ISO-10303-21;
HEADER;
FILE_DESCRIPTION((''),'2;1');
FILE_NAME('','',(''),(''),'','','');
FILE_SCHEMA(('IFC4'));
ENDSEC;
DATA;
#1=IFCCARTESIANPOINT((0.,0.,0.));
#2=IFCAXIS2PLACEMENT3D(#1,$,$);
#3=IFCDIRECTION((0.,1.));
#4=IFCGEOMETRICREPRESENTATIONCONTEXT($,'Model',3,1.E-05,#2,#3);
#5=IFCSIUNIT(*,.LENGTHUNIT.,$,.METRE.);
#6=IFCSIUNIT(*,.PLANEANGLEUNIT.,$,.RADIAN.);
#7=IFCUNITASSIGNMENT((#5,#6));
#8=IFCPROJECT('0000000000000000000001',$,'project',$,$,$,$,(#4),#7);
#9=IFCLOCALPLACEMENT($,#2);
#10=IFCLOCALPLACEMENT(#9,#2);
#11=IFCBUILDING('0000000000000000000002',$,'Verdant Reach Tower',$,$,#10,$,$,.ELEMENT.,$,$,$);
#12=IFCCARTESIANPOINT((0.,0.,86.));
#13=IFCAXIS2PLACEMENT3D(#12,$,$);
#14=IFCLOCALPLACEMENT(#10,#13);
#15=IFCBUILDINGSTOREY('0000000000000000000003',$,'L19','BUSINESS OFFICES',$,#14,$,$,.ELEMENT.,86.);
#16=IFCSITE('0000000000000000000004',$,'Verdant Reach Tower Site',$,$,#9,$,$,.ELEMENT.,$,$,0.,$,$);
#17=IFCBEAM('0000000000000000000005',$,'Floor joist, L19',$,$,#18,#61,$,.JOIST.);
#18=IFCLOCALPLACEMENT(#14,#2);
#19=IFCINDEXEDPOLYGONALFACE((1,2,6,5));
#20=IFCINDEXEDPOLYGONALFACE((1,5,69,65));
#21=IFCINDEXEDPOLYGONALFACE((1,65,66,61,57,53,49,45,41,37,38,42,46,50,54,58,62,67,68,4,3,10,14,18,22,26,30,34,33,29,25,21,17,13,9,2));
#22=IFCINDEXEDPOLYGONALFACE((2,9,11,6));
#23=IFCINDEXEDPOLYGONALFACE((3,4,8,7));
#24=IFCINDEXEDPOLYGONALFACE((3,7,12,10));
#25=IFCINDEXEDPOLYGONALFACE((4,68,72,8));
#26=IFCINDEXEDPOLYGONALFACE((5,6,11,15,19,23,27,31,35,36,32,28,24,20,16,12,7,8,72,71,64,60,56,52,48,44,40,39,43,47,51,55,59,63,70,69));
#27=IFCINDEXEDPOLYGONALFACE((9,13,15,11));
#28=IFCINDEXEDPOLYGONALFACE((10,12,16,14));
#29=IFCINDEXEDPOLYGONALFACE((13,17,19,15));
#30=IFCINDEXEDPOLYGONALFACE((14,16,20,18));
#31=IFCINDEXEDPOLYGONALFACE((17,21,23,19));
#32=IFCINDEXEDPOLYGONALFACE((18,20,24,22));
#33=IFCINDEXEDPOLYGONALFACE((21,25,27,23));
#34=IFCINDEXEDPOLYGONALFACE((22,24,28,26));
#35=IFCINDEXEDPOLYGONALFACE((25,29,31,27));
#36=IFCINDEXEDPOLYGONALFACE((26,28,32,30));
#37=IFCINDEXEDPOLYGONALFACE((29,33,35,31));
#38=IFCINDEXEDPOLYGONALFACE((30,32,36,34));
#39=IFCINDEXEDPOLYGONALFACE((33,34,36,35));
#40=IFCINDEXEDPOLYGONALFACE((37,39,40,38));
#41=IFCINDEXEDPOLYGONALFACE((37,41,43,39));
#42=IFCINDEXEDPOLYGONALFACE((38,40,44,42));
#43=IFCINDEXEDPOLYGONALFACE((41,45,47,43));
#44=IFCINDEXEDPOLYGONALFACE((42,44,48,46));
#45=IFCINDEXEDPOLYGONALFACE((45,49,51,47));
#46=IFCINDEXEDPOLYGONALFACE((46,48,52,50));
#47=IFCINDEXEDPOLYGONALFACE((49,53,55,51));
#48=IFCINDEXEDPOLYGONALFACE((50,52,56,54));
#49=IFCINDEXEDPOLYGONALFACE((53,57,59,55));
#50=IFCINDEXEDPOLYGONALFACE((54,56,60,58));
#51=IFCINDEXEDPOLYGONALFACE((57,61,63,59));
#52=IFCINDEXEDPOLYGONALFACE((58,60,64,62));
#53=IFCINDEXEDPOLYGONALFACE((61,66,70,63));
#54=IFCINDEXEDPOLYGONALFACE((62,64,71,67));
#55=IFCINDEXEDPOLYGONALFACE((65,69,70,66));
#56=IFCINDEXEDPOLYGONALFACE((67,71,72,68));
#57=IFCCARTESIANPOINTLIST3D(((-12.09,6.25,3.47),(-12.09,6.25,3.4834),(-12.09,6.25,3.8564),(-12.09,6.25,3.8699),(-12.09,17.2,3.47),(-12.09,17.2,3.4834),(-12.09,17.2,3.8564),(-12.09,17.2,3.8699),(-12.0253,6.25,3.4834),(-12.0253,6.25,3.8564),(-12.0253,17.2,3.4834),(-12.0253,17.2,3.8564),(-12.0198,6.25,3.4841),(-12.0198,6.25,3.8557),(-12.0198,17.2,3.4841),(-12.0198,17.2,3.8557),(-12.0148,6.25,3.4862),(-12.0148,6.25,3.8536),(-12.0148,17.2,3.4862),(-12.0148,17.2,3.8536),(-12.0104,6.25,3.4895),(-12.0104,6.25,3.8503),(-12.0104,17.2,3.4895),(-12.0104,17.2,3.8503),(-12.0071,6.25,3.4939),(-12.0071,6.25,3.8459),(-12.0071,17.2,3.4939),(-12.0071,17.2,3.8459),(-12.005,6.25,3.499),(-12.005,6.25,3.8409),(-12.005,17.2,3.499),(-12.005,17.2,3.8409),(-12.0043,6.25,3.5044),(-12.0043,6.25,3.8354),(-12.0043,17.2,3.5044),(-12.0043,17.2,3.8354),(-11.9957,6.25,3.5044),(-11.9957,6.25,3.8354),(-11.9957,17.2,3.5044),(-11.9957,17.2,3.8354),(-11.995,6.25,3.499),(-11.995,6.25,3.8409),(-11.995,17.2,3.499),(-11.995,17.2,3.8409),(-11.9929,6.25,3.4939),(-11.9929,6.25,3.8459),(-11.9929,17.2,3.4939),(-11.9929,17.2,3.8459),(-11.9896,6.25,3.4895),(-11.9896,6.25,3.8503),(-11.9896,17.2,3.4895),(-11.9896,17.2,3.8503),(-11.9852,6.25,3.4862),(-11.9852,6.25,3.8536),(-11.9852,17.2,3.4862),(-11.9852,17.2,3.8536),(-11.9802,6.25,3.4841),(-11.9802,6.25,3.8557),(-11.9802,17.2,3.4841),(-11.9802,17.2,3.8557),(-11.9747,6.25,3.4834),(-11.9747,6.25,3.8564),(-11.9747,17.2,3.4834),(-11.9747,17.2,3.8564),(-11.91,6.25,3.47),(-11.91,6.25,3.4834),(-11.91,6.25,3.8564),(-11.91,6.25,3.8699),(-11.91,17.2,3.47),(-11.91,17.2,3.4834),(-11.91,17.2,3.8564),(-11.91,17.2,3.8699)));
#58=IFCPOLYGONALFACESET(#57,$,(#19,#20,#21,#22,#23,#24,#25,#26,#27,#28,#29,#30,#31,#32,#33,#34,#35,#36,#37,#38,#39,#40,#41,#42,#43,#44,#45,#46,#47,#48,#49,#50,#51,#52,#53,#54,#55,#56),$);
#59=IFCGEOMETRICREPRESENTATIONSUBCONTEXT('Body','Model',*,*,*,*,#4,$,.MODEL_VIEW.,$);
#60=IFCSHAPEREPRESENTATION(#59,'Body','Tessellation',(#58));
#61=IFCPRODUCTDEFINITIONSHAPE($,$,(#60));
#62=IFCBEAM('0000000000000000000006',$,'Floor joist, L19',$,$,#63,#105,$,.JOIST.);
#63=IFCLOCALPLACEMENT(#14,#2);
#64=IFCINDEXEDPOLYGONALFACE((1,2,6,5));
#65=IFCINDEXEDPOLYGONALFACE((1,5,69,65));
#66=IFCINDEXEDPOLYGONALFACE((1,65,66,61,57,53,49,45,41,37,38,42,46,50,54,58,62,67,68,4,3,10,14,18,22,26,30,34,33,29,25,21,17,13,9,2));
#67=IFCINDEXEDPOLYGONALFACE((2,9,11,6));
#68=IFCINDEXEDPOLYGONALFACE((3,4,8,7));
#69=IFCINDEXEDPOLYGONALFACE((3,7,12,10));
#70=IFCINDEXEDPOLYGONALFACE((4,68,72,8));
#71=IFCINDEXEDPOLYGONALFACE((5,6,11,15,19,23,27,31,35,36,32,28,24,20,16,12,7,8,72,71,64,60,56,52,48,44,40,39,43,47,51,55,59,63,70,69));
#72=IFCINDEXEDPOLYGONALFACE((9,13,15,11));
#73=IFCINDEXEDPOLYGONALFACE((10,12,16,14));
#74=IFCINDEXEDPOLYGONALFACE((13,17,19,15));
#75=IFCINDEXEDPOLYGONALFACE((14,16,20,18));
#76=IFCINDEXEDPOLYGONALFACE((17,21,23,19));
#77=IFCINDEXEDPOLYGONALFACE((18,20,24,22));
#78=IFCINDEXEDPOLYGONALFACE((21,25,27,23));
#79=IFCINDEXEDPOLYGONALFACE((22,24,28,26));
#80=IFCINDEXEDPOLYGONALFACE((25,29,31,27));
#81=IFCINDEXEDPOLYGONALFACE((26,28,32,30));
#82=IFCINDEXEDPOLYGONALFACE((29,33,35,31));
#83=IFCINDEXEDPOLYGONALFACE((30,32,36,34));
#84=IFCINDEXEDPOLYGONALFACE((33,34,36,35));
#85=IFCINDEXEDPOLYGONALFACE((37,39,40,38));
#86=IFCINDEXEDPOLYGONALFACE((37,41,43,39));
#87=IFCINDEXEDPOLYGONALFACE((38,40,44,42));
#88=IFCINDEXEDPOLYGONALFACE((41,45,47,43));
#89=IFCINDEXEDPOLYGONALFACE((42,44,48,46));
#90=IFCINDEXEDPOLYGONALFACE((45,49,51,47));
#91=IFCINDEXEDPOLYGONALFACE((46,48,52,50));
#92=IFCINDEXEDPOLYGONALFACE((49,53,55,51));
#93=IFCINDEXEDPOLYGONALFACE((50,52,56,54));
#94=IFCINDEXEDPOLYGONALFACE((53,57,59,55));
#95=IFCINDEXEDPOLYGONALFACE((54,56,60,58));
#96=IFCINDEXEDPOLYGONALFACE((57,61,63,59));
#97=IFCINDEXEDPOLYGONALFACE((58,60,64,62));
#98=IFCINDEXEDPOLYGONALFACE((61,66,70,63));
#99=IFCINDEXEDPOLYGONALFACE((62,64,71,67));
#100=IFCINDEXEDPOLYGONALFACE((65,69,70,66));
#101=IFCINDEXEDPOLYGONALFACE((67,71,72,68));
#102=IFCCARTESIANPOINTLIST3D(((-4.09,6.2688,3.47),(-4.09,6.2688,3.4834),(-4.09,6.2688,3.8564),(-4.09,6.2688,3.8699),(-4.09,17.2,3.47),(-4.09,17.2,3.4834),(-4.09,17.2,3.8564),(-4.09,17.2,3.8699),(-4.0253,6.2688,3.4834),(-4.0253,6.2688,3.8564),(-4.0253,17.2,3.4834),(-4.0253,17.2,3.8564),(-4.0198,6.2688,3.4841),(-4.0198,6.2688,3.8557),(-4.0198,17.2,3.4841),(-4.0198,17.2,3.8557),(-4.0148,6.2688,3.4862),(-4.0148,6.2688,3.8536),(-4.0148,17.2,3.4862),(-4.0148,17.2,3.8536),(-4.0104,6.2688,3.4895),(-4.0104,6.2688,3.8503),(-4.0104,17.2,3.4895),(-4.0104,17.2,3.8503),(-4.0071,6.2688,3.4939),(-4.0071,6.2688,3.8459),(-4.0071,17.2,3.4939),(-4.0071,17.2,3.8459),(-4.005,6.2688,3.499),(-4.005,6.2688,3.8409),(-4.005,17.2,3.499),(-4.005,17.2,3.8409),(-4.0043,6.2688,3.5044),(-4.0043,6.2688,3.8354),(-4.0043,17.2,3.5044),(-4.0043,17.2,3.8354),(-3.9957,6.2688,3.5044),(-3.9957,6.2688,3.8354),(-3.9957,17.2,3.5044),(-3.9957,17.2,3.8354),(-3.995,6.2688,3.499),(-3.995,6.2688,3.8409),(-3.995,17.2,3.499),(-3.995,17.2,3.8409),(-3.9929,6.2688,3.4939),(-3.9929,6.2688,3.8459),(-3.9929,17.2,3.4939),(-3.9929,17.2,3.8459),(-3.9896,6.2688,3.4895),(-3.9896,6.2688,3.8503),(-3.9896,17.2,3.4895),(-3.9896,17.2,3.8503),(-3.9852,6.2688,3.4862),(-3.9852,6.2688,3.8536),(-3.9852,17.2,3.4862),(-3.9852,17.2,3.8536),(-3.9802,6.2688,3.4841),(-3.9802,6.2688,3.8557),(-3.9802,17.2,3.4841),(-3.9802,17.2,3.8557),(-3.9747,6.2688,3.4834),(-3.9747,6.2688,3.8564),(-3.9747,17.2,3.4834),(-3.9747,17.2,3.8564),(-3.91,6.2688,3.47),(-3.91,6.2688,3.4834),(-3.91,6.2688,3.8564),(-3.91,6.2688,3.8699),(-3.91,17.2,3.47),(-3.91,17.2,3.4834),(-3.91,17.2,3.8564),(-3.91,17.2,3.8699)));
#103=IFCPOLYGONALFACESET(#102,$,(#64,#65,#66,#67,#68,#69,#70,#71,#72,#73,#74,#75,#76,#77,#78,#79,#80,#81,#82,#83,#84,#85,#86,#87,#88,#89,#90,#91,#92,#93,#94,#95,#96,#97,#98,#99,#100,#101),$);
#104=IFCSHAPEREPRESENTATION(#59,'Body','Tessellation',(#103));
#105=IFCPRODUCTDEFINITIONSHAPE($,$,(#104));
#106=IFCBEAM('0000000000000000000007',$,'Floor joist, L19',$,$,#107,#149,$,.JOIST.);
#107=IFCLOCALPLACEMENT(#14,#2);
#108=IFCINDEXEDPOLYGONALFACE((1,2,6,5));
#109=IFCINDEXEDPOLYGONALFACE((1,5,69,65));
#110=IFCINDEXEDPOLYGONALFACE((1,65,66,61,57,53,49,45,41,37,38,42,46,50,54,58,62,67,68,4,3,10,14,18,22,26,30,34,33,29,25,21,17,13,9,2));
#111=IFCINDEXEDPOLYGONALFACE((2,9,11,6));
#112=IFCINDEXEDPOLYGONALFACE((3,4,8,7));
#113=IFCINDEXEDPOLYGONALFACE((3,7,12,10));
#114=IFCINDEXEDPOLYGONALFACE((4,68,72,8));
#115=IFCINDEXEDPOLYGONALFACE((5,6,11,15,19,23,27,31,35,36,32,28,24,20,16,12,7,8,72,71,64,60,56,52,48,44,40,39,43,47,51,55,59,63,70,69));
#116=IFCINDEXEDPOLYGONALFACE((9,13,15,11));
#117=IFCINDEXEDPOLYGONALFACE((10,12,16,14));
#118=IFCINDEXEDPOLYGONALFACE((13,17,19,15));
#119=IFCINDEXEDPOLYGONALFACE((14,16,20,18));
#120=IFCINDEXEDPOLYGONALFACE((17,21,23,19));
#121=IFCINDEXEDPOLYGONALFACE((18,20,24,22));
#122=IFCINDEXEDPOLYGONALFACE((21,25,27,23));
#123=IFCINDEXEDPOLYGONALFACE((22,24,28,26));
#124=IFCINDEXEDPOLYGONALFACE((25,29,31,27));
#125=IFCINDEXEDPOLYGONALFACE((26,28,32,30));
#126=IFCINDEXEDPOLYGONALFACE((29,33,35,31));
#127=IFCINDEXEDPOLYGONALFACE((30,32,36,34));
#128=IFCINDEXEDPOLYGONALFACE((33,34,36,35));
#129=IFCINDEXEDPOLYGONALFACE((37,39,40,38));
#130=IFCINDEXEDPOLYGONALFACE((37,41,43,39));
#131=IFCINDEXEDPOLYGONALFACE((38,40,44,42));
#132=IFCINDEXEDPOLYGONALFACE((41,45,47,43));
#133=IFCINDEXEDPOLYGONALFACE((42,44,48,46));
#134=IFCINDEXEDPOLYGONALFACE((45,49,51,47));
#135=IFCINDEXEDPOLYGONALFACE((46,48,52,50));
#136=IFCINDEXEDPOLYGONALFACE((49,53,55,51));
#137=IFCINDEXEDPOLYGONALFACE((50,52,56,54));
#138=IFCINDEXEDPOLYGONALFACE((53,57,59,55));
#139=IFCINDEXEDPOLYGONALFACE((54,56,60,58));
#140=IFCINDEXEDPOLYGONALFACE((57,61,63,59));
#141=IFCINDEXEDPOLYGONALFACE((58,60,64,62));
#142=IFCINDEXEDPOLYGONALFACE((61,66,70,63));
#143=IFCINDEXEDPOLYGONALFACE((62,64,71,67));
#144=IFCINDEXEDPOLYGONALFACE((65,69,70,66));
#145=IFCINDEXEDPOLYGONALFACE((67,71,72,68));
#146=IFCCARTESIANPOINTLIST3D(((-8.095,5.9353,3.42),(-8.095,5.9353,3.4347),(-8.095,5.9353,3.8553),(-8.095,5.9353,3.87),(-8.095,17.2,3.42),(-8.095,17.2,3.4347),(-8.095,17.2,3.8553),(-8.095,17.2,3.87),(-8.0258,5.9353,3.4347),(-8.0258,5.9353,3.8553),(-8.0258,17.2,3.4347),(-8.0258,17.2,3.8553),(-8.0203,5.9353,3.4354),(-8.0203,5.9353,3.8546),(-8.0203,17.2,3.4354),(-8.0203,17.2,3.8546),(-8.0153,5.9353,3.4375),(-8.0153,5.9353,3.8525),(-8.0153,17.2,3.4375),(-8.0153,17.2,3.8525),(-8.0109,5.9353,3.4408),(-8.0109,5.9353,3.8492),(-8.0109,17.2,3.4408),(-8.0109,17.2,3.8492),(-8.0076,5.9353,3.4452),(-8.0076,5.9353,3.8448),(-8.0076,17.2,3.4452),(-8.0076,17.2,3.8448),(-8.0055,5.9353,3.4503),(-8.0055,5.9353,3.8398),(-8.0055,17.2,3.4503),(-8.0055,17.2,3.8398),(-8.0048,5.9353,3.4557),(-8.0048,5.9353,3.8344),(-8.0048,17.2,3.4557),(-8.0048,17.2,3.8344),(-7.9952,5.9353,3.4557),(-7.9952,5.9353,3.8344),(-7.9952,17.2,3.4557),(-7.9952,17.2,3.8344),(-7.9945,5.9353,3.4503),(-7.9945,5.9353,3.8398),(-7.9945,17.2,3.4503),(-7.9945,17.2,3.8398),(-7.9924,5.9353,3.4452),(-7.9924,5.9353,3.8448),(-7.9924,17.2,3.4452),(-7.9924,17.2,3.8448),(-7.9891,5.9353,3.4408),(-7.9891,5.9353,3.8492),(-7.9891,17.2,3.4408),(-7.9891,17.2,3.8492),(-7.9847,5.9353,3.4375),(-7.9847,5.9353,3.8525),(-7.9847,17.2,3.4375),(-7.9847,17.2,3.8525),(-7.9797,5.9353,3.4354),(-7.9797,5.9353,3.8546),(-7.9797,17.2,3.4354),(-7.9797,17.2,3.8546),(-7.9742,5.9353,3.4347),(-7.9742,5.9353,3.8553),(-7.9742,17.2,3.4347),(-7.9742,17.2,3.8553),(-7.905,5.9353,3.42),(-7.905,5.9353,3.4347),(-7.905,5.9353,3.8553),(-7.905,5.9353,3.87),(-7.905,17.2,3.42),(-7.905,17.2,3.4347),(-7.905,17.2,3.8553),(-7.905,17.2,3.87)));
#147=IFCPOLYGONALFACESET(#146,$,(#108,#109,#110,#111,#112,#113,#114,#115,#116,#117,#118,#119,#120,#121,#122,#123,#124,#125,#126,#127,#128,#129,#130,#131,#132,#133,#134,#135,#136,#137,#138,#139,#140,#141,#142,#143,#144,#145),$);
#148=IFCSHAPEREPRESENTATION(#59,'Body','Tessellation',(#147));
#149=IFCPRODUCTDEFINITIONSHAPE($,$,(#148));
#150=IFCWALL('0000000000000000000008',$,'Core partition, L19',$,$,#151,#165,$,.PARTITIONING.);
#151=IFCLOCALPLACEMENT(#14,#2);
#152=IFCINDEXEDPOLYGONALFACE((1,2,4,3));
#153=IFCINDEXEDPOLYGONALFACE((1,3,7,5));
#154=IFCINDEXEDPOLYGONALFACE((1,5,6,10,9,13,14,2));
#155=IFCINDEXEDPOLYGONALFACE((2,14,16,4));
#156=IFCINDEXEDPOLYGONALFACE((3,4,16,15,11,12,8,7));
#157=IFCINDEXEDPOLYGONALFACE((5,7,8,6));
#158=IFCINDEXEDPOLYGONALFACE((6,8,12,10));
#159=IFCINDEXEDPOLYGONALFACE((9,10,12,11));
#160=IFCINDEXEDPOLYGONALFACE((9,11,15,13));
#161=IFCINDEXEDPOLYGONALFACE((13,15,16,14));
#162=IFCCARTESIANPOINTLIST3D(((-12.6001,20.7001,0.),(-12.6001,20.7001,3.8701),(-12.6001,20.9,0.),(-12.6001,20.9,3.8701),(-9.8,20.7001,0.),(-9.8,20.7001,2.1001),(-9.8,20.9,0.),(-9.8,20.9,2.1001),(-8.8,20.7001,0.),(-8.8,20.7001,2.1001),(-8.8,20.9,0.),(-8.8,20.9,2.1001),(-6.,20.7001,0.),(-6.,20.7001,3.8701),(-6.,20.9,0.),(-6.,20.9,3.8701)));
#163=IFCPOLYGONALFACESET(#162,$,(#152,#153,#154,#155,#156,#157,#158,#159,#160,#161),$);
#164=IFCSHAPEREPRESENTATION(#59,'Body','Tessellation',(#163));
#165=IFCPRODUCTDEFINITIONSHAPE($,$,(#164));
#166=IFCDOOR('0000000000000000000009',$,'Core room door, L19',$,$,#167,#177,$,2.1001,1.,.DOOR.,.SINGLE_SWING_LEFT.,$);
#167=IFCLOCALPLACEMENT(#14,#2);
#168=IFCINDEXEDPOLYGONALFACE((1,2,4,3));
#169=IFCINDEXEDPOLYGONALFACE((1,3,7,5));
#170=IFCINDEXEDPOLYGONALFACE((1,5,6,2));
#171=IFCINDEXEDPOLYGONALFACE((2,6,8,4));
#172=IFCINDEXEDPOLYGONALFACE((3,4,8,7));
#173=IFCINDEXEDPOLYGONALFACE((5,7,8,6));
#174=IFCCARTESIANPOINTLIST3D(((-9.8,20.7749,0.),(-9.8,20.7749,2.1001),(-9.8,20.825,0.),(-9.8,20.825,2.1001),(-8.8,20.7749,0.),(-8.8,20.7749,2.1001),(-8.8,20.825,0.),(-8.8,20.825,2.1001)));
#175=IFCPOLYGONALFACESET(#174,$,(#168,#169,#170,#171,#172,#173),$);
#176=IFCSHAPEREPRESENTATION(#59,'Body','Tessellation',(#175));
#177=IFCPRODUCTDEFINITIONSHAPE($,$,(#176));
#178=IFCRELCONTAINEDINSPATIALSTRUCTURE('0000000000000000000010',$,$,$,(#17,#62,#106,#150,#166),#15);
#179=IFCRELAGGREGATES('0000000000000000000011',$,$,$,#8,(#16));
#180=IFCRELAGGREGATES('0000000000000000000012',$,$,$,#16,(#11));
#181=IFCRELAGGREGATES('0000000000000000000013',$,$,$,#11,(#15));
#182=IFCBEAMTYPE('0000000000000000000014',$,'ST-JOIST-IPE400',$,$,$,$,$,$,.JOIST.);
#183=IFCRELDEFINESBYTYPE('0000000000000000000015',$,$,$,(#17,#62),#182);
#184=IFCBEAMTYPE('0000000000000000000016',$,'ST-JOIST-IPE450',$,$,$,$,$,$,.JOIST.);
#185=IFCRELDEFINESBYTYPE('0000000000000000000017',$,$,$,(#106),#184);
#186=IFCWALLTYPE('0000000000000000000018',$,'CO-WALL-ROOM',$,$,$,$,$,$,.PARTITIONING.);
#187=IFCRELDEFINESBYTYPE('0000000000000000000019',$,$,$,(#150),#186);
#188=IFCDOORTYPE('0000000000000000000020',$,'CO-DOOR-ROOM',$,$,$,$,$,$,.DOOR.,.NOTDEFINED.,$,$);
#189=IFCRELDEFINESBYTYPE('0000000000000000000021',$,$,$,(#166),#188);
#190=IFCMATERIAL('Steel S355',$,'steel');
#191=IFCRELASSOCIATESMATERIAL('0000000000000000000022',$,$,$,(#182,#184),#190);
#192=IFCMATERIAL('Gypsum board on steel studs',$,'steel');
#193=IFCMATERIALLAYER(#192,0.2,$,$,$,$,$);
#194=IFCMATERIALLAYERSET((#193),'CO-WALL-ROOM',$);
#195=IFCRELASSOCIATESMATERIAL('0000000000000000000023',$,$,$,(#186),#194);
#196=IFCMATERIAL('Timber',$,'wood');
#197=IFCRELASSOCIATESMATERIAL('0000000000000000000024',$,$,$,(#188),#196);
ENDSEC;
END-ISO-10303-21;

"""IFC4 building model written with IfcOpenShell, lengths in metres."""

from ifc_helpers import new_model, si_unit, direction, frame, frame_2d, origin, origin_2d, place, context, subcontext, project, spatial, rectangle, i_section, extrude, material, layer, layer_set, material_profile, profile_set, type_object, element, fill, save


model = new_model("IFC4")

# Units and contexts
model_context = context("Model", 3, precision=1e-05, world=origin(), true_north=direction((0.0, 1.0)))
body_context = subcontext(model_context, "Body", "Model", "MODEL_VIEW")
ifc_project = project(units=[si_unit("LENGTHUNIT", "METRE"), si_unit("PLANEANGLEUNIT", "RADIAN")], contexts=[model_context])

# Site, building, storey
site_placement = place(None, origin())
site = spatial("IfcSite", under=ifc_project, at=site_placement, Name="Verdant Reach Tower Site", CompositionType="ELEMENT", RefElevation=0.0)
building_placement = place(site_placement, origin())
building = spatial("IfcBuilding", under=site, at=building_placement, Name="Verdant Reach Tower", CompositionType="ELEMENT")
storey_placement = place(building_placement, frame((0.0, 0.0, 86.0)))
storey = spatial("IfcBuildingStorey", under=building, at=storey_placement, Name="L19", Description="BUSINESS OFFICES", CompositionType="ELEMENT", Elevation=86.0)

# Beams
ifc_material_1 = material(Name="Steel S355", Category="steel")
ifc_material_profile_1 = material_profile(ifc_material_1, i_section(OverallWidth=0.1799, OverallDepth=0.3999, WebThickness=0.0085, FlangeThickness=0.0134, FilletRadius=0.021, at=origin_2d()), Name="IPE 400")
ifc_profile_set_1 = profile_set([ifc_material_profile_1], Name="Steel S355")
beam_type_1 = type_object("IfcBeamType", Name="ST-JOIST-IPE400", PredefinedType="JOIST", material=ifc_profile_set_1)
beam_1_placement = place(storey_placement, frame((-12.0, 17.2, 3.6699), z_axis=(0.0, -1.0, 0.0), x_axis=(1.0, 0.0, 0.0)))
element("IfcBeam", 1, at=beam_1_placement, inside=storey, type_object=beam_type_1, Name="Floor joist, L19", PredefinedType="JOIST", context=body_context, shape_type="SweptSolid", body=[
    extrude(i_section(OverallWidth=0.1799, OverallDepth=0.3999, WebThickness=0.0085, FlangeThickness=0.0134, FilletRadius=0.021, at=origin_2d()), origin(), (0.0, 0.0, 1.0), 10.95),
])
beam_2_placement = place(storey_placement, frame((-4.0, 17.2, 3.6699), z_axis=(0.0, -1.0, 0.0), x_axis=(1.0, 0.0, 0.0)))
element("IfcBeam", 2, at=beam_2_placement, inside=storey, type_object=beam_type_1, Name="Floor joist, L19", PredefinedType="JOIST", context=body_context, shape_type="SweptSolid", body=[
    extrude(i_section(OverallWidth=0.1799, OverallDepth=0.3999, WebThickness=0.0085, FlangeThickness=0.0134, FilletRadius=0.021, at=origin_2d()), origin(), (0.0, 0.0, 1.0), 10.9312),
])
ifc_material_profile_2 = material_profile(ifc_material_1, i_section(OverallWidth=0.1899, OverallDepth=0.45, WebThickness=0.0095, FlangeThickness=0.0146, FilletRadius=0.021, at=origin_2d()), Name="IPE 450")
ifc_profile_set_2 = profile_set([ifc_material_profile_2], Name="Steel S355")
beam_type_2 = type_object("IfcBeamType", Name="ST-JOIST-IPE450", PredefinedType="JOIST", material=ifc_profile_set_2)
beam_3_placement = place(storey_placement, frame((-8.0, 17.2, 3.645), z_axis=(0.0, -1.0, 0.0), x_axis=(1.0, 0.0, 0.0)))
element("IfcBeam", 3, at=beam_3_placement, inside=storey, type_object=beam_type_2, Name="Floor joist, L19", PredefinedType="JOIST", context=body_context, shape_type="SweptSolid", body=[
    extrude(i_section(OverallWidth=0.1899, OverallDepth=0.45, WebThickness=0.0095, FlangeThickness=0.0146, FilletRadius=0.021, at=origin_2d()), origin(), (0.0, 0.0, 1.0), 11.2646),
])

# Wall, opening, door
ifc_material_2 = material(Name="Gypsum board on steel studs", Category="steel")
ifc_layer_1 = layer(ifc_material_2, 0.2)
ifc_layer_set_1 = layer_set([ifc_layer_1], Name="CO-WALL-ROOM")
wall_type_1 = type_object("IfcWallType", Name="CO-WALL-ROOM", PredefinedType="PARTITIONING", material=ifc_layer_set_1)
wall_1_placement = place(storey_placement, frame((-12.6001, 20.8, 0.0), z_axis=(0.0, 0.0, 1.0), x_axis=(1.0, 0.0, 0.0)))
wall_1 = element("IfcWall", 4, at=wall_1_placement, inside=storey, type_object=wall_type_1, Name="Core partition, L19", PredefinedType="PARTITIONING", context=body_context, shape_type="SweptSolid", body=[
    extrude(rectangle(XDim=6.6001, YDim=0.2, at=frame_2d((3.3, 0.0))), origin(), (0.0, 0.0, 1.0), 3.8701),
])
opening_1_placement = place(wall_1_placement, frame((2.8, 0.0, 0.0)))
opening_1 = element("IfcOpeningElement", 5, at=opening_1_placement, cuts=wall_1, PredefinedType="OPENING", context=body_context, shape_type="SweptSolid", body=[
    extrude(rectangle(XDim=1.0, YDim=2.1001, at=frame_2d((0.5, 1.05))), frame((0.0, 0.1099, 0.0), z_axis=(0.0, -1.0, 0.0), x_axis=(1.0, 0.0, 0.0)), (0.0, 0.0, 1.0), 0.22),
])
ifc_material_3 = material(Name="Timber", Category="wood")
door_type_1 = type_object("IfcDoorType", Name="CO-DOOR-ROOM", OperationType="NOTDEFINED", PredefinedType="DOOR", material=ifc_material_3)
door_1_placement = place(opening_1_placement, origin())
door_1 = element("IfcDoor", 6, at=door_1_placement, inside=storey, type_object=door_type_1, Name="Core room door, L19", OperationType="SINGLE_SWING_LEFT", OverallHeight=2.1001, OverallWidth=1.0, PredefinedType="DOOR", context=body_context, shape_type="SweptSolid", body=[
    extrude(rectangle(XDim=1.0, YDim=2.1001, at=frame_2d((0.5, 1.05))), frame((0.0, 0.0249, 0.0), z_axis=(0.0, -1.0, 0.0), x_axis=(1.0, 0.0, 0.0)), (0.0, 0.0, 1.0), 0.05),
])
fill(opening_1, door_1)

save(model, "model.ifc")
